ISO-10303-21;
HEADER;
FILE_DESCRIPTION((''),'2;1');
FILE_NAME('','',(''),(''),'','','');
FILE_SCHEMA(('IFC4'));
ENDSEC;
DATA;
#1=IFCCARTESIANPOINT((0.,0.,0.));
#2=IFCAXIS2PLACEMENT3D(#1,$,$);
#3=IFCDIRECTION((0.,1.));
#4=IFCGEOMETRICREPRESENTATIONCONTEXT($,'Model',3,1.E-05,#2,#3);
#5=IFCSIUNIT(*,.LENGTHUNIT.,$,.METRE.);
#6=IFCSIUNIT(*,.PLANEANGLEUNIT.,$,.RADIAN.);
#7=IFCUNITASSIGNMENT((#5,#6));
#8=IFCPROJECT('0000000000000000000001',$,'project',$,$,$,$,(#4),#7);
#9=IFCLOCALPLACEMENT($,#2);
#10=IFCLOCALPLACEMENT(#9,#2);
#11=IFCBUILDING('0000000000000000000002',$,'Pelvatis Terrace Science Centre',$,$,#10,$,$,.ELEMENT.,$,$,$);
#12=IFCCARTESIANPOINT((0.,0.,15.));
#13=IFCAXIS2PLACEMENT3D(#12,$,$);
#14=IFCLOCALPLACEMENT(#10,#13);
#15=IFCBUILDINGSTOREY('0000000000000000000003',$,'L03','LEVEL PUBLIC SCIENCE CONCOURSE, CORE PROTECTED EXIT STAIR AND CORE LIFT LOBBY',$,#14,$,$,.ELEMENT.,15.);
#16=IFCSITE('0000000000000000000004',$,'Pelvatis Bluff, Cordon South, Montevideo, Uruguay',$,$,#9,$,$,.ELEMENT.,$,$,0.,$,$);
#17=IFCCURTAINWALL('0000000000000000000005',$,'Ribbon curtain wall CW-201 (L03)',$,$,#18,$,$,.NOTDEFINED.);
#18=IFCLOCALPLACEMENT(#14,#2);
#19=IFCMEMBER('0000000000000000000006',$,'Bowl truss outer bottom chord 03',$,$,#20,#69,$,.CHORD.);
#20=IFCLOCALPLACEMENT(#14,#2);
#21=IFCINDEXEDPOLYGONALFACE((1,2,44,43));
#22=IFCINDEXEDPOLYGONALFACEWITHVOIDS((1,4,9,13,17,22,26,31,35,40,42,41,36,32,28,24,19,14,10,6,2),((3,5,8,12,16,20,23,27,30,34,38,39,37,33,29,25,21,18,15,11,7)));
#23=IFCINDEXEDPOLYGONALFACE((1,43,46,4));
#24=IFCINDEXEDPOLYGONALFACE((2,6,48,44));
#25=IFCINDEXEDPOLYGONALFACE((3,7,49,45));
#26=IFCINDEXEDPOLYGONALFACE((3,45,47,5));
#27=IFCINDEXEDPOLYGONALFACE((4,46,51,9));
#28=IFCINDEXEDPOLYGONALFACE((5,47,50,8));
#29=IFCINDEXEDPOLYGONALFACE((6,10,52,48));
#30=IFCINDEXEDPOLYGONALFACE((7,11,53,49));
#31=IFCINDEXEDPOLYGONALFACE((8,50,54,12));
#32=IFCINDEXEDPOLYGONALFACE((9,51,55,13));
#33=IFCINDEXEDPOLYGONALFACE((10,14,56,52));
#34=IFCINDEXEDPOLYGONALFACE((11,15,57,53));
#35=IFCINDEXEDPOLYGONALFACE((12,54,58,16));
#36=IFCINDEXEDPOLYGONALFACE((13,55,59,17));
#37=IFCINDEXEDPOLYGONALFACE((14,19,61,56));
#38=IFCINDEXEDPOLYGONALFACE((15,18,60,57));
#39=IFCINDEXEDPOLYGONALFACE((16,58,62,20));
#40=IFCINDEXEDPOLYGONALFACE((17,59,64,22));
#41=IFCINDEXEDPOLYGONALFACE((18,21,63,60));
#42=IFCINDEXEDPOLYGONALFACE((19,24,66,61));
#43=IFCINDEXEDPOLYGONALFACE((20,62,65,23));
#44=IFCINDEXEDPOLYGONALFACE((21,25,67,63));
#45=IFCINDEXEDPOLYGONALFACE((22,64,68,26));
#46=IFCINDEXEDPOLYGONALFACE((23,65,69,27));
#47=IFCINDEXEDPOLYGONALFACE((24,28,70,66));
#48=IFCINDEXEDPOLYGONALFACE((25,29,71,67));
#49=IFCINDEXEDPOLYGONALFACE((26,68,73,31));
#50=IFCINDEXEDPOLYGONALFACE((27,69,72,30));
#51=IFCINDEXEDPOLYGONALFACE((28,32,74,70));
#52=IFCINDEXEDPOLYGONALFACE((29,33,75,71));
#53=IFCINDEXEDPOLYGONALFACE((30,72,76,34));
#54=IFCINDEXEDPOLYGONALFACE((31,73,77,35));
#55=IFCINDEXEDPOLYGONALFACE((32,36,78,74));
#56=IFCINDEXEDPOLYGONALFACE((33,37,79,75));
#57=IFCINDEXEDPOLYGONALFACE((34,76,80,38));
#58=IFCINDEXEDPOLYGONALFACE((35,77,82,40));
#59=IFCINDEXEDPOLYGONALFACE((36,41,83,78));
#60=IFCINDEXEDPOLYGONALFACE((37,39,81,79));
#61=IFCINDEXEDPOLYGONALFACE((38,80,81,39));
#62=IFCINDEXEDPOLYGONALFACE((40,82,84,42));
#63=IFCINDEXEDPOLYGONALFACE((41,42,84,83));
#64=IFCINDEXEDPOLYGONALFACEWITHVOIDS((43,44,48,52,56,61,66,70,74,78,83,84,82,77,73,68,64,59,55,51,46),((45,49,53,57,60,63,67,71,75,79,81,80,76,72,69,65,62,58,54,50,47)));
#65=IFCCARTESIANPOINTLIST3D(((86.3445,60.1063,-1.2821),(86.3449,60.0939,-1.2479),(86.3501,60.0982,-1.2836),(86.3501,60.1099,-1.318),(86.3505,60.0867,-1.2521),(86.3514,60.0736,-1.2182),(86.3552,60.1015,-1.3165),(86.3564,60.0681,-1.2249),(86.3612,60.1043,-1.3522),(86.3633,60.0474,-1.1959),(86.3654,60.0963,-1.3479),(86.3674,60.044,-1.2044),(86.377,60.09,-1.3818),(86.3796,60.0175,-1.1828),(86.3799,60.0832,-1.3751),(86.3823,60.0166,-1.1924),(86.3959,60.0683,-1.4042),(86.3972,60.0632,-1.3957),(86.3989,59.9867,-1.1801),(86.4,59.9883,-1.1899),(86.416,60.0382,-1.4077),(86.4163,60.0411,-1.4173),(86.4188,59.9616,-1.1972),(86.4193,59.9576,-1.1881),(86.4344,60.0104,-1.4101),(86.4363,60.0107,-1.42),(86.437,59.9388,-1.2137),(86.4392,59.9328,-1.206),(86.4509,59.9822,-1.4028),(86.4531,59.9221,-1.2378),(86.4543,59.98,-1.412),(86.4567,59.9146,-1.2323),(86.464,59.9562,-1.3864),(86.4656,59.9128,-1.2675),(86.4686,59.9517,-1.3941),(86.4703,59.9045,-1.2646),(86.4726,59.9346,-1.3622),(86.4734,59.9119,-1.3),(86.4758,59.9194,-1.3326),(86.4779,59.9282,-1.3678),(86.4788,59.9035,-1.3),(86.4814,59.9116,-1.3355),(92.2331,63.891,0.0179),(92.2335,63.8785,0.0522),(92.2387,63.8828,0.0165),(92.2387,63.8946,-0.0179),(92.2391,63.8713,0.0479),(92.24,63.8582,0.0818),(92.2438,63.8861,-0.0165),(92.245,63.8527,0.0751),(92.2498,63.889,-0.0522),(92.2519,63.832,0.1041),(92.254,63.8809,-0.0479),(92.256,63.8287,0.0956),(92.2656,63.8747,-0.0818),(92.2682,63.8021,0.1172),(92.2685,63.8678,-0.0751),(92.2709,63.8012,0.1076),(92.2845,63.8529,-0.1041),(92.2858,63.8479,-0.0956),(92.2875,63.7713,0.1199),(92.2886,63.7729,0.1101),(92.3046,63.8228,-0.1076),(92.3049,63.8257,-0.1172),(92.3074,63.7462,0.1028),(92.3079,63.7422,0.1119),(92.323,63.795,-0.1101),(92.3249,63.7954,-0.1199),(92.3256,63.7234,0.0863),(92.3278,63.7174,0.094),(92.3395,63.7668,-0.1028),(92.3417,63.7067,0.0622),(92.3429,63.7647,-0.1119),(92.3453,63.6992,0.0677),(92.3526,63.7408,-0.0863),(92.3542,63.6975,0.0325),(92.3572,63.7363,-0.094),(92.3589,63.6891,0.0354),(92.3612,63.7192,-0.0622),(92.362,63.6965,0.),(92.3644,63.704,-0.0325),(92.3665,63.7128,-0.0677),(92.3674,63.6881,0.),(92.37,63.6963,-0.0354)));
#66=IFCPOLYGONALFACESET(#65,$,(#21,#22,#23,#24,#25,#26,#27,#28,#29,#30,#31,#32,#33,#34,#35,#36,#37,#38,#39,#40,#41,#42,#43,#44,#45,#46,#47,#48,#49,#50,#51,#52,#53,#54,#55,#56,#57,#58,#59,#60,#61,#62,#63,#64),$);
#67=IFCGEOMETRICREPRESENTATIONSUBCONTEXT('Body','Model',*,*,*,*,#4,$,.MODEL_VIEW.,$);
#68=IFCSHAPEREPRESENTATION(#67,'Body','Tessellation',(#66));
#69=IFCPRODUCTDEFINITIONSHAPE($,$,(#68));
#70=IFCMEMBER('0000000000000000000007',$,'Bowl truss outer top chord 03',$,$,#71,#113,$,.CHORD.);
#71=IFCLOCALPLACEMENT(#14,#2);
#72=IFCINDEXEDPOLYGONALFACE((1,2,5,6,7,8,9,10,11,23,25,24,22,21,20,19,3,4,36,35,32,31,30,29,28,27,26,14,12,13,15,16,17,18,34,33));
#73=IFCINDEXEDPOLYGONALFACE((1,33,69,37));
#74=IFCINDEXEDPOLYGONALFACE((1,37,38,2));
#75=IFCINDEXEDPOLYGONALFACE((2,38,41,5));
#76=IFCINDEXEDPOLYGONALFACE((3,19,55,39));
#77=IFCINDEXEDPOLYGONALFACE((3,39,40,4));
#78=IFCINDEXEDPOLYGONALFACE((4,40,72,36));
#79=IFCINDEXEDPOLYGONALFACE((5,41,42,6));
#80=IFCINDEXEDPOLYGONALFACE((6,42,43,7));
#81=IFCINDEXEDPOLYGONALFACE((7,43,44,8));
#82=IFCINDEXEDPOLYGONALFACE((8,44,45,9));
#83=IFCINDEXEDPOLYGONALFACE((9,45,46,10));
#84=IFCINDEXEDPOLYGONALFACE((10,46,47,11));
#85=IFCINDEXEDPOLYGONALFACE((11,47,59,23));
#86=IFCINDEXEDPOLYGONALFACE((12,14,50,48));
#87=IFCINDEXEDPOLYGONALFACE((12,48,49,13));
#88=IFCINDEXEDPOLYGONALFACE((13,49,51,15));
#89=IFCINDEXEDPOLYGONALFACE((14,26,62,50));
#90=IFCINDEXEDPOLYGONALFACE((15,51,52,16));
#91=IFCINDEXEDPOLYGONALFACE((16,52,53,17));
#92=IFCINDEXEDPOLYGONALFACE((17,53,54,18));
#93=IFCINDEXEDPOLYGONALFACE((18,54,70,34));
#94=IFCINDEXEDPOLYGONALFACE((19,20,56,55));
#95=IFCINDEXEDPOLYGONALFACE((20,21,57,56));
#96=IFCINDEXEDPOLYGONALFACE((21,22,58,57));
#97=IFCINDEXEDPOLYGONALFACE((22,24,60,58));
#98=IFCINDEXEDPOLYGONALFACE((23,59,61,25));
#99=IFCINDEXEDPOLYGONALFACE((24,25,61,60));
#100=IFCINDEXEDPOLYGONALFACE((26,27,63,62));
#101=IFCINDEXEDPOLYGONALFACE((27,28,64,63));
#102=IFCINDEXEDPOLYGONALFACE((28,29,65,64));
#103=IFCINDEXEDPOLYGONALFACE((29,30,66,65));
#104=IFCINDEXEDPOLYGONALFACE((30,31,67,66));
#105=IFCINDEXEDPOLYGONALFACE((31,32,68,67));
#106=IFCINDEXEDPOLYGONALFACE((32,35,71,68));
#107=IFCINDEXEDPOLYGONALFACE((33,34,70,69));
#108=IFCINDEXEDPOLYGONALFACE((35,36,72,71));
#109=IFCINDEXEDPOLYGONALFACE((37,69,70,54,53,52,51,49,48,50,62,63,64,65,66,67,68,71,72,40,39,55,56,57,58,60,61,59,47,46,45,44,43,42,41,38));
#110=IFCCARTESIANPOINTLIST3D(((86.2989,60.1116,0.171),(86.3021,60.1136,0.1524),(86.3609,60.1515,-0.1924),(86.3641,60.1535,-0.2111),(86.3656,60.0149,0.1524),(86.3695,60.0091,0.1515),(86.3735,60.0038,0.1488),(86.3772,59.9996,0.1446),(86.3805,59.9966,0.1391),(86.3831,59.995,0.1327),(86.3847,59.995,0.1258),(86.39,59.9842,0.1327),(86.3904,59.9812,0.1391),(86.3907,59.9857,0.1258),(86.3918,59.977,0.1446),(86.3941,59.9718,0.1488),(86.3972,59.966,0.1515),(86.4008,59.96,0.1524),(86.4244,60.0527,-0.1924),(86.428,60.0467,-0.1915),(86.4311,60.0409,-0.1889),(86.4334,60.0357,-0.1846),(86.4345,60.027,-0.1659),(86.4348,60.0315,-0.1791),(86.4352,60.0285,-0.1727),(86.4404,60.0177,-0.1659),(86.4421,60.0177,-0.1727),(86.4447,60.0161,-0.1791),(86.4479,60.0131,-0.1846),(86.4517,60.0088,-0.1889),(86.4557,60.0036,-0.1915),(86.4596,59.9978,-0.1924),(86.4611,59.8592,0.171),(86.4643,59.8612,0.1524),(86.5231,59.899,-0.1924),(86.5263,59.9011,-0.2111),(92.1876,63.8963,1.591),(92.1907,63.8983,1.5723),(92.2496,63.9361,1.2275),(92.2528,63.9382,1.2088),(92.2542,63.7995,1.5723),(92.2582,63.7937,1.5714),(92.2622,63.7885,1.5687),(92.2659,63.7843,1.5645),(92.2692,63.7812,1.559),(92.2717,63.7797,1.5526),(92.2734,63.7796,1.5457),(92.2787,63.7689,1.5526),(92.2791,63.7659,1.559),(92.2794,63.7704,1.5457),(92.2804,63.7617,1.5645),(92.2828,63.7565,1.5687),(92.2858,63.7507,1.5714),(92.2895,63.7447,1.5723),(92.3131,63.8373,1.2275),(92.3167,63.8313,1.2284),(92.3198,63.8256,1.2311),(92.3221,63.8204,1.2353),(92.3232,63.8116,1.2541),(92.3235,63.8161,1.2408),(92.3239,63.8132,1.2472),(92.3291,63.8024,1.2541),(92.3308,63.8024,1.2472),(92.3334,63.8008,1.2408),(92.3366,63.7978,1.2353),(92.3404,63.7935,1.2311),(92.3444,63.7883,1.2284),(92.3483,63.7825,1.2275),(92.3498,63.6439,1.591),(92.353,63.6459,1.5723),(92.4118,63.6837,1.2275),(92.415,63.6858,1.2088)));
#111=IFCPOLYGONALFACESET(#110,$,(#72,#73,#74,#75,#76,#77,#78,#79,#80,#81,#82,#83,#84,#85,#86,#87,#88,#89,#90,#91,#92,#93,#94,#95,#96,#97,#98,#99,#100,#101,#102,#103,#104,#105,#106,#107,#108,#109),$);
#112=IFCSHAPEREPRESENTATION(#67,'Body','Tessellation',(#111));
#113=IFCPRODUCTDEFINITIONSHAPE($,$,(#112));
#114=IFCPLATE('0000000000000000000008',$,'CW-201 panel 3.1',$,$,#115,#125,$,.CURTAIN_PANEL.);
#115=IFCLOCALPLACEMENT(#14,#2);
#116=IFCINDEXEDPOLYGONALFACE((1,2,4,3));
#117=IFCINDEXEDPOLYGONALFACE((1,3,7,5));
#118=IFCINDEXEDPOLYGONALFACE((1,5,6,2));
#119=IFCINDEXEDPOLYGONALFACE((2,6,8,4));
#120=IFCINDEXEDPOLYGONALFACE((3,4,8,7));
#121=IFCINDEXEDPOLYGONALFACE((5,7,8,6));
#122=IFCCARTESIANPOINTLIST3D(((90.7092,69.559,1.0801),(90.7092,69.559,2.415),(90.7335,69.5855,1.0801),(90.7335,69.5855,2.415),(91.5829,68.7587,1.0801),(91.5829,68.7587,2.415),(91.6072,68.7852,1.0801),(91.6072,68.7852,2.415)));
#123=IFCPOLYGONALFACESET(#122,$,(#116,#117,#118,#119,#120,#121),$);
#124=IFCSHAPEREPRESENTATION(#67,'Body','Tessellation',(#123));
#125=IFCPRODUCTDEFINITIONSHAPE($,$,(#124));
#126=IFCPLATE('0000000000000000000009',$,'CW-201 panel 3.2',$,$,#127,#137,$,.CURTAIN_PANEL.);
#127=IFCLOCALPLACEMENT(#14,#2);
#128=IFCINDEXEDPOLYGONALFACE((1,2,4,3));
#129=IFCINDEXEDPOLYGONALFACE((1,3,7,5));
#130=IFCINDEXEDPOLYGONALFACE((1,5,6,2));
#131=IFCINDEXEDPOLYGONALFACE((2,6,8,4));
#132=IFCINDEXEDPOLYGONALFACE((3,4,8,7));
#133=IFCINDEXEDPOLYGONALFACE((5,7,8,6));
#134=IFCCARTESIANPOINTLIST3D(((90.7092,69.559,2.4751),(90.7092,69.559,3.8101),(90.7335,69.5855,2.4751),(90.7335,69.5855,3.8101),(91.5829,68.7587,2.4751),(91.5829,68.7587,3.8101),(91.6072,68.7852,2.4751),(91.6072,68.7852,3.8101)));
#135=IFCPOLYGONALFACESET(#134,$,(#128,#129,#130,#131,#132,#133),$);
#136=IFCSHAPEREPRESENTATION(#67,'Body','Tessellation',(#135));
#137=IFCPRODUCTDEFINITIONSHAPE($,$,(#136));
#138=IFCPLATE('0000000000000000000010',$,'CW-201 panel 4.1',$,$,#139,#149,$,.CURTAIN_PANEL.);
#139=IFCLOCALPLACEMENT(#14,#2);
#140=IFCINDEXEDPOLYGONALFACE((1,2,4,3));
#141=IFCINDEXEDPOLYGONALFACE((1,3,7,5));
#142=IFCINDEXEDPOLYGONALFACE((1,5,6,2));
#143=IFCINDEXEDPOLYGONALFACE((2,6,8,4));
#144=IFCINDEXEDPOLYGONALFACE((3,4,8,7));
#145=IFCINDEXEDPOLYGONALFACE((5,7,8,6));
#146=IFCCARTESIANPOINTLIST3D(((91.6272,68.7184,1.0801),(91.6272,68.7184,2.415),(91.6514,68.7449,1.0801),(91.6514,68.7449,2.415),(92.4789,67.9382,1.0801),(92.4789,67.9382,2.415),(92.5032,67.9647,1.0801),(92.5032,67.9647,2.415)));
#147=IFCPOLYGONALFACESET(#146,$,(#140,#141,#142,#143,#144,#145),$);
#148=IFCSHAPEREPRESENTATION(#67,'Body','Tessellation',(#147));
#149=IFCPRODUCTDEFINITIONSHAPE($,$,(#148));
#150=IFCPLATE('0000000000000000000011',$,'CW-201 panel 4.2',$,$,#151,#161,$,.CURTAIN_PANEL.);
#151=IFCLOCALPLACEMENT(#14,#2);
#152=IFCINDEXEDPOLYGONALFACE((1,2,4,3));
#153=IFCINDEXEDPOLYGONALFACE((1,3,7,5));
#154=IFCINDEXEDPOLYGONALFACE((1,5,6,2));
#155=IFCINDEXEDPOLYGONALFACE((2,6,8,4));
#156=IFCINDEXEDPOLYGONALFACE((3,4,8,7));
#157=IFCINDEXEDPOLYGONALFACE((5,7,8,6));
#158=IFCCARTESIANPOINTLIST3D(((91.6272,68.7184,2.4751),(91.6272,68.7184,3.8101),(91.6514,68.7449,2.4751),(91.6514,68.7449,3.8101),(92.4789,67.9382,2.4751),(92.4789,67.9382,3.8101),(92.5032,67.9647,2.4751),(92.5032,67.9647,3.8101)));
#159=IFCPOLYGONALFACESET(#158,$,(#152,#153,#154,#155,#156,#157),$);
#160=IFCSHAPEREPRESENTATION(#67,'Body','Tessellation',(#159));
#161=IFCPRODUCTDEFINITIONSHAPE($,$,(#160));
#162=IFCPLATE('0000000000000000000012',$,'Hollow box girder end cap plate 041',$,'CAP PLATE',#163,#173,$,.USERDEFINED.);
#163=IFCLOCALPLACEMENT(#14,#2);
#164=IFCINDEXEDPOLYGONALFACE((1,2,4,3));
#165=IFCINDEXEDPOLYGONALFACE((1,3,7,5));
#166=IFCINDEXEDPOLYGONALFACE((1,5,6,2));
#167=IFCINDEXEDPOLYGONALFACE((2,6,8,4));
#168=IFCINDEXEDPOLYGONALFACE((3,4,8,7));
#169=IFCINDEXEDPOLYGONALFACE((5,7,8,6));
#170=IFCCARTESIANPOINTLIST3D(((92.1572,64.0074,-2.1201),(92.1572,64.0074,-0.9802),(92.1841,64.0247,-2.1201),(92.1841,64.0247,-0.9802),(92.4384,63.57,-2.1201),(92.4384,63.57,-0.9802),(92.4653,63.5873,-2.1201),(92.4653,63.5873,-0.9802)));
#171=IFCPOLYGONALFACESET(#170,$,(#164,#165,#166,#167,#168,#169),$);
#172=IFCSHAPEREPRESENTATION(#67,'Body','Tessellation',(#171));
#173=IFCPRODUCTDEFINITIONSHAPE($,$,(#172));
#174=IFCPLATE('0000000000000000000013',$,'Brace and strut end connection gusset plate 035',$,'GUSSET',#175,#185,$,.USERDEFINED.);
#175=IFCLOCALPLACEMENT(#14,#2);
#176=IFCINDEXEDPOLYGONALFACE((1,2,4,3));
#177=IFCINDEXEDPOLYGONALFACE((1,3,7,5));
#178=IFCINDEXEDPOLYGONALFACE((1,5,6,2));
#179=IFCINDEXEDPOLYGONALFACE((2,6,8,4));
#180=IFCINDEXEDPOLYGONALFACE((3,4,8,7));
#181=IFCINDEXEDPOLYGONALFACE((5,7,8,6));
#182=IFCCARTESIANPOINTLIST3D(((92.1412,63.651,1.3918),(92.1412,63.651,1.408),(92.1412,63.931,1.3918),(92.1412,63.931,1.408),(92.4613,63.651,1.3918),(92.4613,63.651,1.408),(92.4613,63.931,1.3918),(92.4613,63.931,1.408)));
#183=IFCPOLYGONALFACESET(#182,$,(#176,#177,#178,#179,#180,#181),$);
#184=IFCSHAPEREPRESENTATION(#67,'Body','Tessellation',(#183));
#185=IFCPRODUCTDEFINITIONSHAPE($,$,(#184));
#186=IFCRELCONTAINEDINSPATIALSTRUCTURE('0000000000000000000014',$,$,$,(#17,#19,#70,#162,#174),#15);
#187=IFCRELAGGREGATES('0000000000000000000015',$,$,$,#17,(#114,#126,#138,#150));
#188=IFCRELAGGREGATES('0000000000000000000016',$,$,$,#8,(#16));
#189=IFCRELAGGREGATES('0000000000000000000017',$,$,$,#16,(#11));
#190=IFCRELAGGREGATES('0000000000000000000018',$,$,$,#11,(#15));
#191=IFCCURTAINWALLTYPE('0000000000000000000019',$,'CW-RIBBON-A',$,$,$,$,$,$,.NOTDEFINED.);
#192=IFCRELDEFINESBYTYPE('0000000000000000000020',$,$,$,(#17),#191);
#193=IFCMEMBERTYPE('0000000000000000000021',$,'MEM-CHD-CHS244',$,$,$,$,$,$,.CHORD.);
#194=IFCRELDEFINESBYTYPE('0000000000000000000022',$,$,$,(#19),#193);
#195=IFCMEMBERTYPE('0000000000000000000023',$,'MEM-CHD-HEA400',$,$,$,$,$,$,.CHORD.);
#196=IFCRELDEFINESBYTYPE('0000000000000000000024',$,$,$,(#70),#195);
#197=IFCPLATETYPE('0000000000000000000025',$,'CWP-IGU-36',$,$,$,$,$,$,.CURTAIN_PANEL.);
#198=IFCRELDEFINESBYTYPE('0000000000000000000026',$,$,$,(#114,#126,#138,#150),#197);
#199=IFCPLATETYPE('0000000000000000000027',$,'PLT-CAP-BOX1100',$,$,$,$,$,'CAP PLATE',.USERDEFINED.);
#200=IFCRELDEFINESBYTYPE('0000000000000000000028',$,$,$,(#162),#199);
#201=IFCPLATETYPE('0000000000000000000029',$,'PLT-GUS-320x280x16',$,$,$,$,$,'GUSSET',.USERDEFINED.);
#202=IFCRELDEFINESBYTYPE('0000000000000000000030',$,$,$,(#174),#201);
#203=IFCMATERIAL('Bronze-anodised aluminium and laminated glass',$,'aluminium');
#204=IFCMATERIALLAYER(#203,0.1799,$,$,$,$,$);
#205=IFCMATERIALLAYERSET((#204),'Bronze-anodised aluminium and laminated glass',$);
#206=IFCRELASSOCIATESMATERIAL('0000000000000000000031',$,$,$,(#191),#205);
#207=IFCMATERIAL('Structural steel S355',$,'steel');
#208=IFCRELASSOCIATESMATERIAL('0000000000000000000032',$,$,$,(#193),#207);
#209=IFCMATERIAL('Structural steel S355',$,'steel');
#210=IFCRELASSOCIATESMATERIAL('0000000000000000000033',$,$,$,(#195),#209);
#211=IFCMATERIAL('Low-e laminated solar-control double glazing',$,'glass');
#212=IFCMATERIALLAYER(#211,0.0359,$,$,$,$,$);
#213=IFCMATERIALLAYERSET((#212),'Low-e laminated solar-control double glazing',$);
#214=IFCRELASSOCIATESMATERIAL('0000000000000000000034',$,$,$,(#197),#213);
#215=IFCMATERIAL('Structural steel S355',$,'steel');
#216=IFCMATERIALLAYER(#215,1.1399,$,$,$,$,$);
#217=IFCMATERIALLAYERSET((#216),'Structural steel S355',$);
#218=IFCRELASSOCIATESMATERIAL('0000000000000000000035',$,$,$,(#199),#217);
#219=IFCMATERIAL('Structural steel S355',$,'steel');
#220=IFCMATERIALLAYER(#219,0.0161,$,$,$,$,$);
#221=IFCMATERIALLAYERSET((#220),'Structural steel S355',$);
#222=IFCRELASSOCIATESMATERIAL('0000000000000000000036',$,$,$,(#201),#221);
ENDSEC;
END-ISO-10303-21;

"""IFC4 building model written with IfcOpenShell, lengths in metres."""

from ifc_helpers import new_model, si_unit, direction, frame, origin, origin_2d, place, context, subcontext, project, spatial, rectangle, hollow_circle, i_section, extrude, material, layer, layer_set, material_profile, profile_set, type_object, element, aggregate, save


model = new_model("IFC4")

# Units and contexts
model_context = context("Model", 3, precision=1e-05, world=origin(), true_north=direction((0.0, 1.0)))
body_context = subcontext(model_context, "Body", "Model", "MODEL_VIEW")
ifc_project = project(units=[si_unit("LENGTHUNIT", "METRE"), si_unit("PLANEANGLEUNIT", "RADIAN")], contexts=[model_context])

# Site, building, storey
site_placement = place(None, origin())
site = spatial("IfcSite", under=ifc_project, at=site_placement, Name="Pelvatis Bluff, Cordon South, Montevideo, Uruguay", CompositionType="ELEMENT", RefElevation=0.0)
building_placement = place(site_placement, origin())
building = spatial("IfcBuilding", under=site, at=building_placement, Name="Pelvatis Terrace Science Centre", CompositionType="ELEMENT")
storey_placement = place(building_placement, frame((0.0, 0.0, 15.0)))
storey = spatial("IfcBuildingStorey", under=building, at=storey_placement, Name="L03", Description="LEVEL PUBLIC SCIENCE CONCOURSE, CORE PROTECTED EXIT STAIR AND CORE LIFT LOBBY", CompositionType="ELEMENT", Elevation=15.0)

# Curtain wall
ifc_material_1 = material(Name="Bronze-anodised aluminium and laminated glass", Category="aluminium")
ifc_layer_1 = layer(ifc_material_1, 0.1799)
ifc_layer_set_1 = layer_set([ifc_layer_1], Name="Bronze-anodised aluminium and laminated glass")
curtain_wall_type = type_object("IfcCurtainWallType", Name="CW-RIBBON-A", PredefinedType="NOTDEFINED", material=ifc_layer_set_1)
curtain_wall_1_placement = place(storey_placement, origin())
curtain_wall_1 = element("IfcCurtainWall", 1, at=curtain_wall_1_placement, inside=storey, type_object=curtain_wall_type, Name="Ribbon curtain wall CW-201 (L03)", PredefinedType="NOTDEFINED")

# Members
ifc_material_2 = material(Name="Structural steel S355", Category="steel")
ifc_material_profile_1 = material_profile(ifc_material_2, hollow_circle(Radius=0.1223, WallThickness=0.01, at=origin_2d()), Name="CHS 244.5x10.0")
ifc_profile_set_1 = profile_set([ifc_material_profile_1], Name="Structural steel S355")
member_type_1 = type_object("IfcMemberType", Name="MEM-CHD-CHS244", PredefinedType="CHORD", material=ifc_profile_set_1)
member_1_placement = place(storey_placement, frame((92.3013, 63.791, 0.0), z_axis=(-0.827094, -0.531576, -0.182599), x_axis=(0.540666, -0.841237, 0.0)))
element("IfcMember", 2, at=member_1_placement, inside=storey, type_object=member_type_1, Name="Bowl truss outer bottom chord 03", PredefinedType="CHORD", context=body_context, shape_type="SweptSolid", body=[
    extrude(hollow_circle(Radius=0.1223, WallThickness=0.01, at=origin_2d()), origin(), (0.0, 0.0, 1.0), 7.1196),
])
ifc_material_3 = material(Name="Structural steel S355", Category="steel")
ifc_material_profile_2 = material_profile(ifc_material_3, i_section(OverallWidth=0.3, OverallDepth=0.3899, WebThickness=0.011, FlangeThickness=0.019, FilletRadius=0.0271, at=origin_2d()), Name="HEA 400")
ifc_profile_set_2 = profile_set([ifc_material_profile_2], Name="Structural steel S355")
member_type_2 = type_object("IfcMemberType", Name="MEM-CHD-HEA400", PredefinedType="CHORD", material=ifc_profile_set_2)
member_2_placement = place(storey_placement, frame((92.3013, 63.791, 1.3999), z_axis=(-0.824447, -0.529875, -0.198797), x_axis=(0.540666, -0.841237, 0.0)))
element("IfcMember", 3, at=member_2_placement, inside=storey, type_object=member_type_2, Name="Bowl truss outer top chord 03", PredefinedType="CHORD", context=body_context, shape_type="SweptSolid", body=[
    extrude(i_section(OverallWidth=0.3, OverallDepth=0.3899, WebThickness=0.011, FlangeThickness=0.019, FilletRadius=0.0271, at=origin_2d()), origin(), (0.0, 0.0, 1.0), 7.1426),
])

# Plates
ifc_material_4 = material(Name="Low-e laminated solar-control double glazing", Category="glass")
ifc_layer_2 = layer(ifc_material_4, 0.0359)
ifc_layer_set_2 = layer_set([ifc_layer_2], Name="Low-e laminated solar-control double glazing")
plate_type_1 = type_object("IfcPlateType", Name="CWP-IGU-36", PredefinedType="CURTAIN_PANEL", material=ifc_layer_set_2)
plate_1_placement = place(storey_placement, frame((91.1582, 69.1721, 1.0801), z_axis=(0.0, 0.0, 1.0), x_axis=(0.737404, -0.675452, 0.0)))
plate_1 = element("IfcPlate", 4, at=plate_1_placement, type_object=plate_type_1, Name="CW-201 panel 3.1", PredefinedType="CURTAIN_PANEL", context=body_context, shape_type="SweptSolid", body=[
    extrude(rectangle(XDim=1.1848, YDim=0.0359, at=origin_2d()), origin(), (0.0, 0.0, 1.0), 1.335),
])
plate_2_placement = place(storey_placement, frame((91.1582, 69.1721, 2.4751), z_axis=(0.0, 0.0, 1.0), x_axis=(0.737404, -0.675452, 0.0)))
plate_2 = element("IfcPlate", 5, at=plate_2_placement, type_object=plate_type_1, Name="CW-201 panel 3.2", PredefinedType="CURTAIN_PANEL", context=body_context, shape_type="SweptSolid", body=[
    extrude(rectangle(XDim=1.1848, YDim=0.0359, at=origin_2d()), origin(), (0.0, 0.0, 1.0), 1.335),
])
plate_3_placement = place(storey_placement, frame((92.0652, 68.3416, 1.0801), z_axis=(0.0, 0.0, 1.0), x_axis=(0.737404, -0.675452, 0.0)))
plate_3 = element("IfcPlate", 6, at=plate_3_placement, type_object=plate_type_1, Name="CW-201 panel 4.1", PredefinedType="CURTAIN_PANEL", context=body_context, shape_type="SweptSolid", body=[
    extrude(rectangle(XDim=1.155, YDim=0.0359, at=origin_2d()), origin(), (0.0, 0.0, 1.0), 1.335),
])
plate_4_placement = place(storey_placement, frame((92.0652, 68.3416, 2.4751), z_axis=(0.0, 0.0, 1.0), x_axis=(0.737404, -0.675452, 0.0)))
plate_4 = element("IfcPlate", 7, at=plate_4_placement, type_object=plate_type_1, Name="CW-201 panel 4.2", PredefinedType="CURTAIN_PANEL", context=body_context, shape_type="SweptSolid", body=[
    extrude(rectangle(XDim=1.155, YDim=0.0359, at=origin_2d()), origin(), (0.0, 0.0, 1.0), 1.335),
])
aggregate(curtain_wall_1, [plate_1, plate_2, plate_3, plate_4])

# Plates
ifc_material_5 = material(Name="Structural steel S355", Category="steel")
ifc_layer_3 = layer(ifc_material_5, 1.1399)
ifc_layer_set_3 = layer_set([ifc_layer_3], Name="Structural steel S355")
plate_type_2 = type_object("IfcPlateType", Name="PLT-CAP-BOX1100", ElementType="CAP PLATE", PredefinedType="USERDEFINED", material=ifc_layer_set_3)
plate_5_placement = place(storey_placement, frame((92.3113, 63.7974, -2.1201), z_axis=(0.0, 0.0, 1.0), x_axis=(-0.841228, -0.540681, 0.0)))
element("IfcPlate", 8, at=plate_5_placement, inside=storey, type_object=plate_type_2, Name="Hollow box girder end cap plate 041", ObjectType="CAP PLATE", PredefinedType="USERDEFINED", context=body_context, shape_type="SweptSolid", body=[
    extrude(rectangle(XDim=0.032, YDim=0.52, at=origin_2d()), origin(), (0.0, 0.0, 1.0), 1.1399),
])
ifc_material_6 = material(Name="Structural steel S355", Category="steel")
ifc_layer_4 = layer(ifc_material_6, 0.0161)
ifc_layer_set_4 = layer_set([ifc_layer_4], Name="Structural steel S355")
plate_type_3 = type_object("IfcPlateType", Name="PLT-GUS-320x280x16", ElementType="GUSSET", PredefinedType="USERDEFINED", material=ifc_layer_set_4)
plate_6_placement = place(storey_placement, frame((92.3013, 63.791, 1.3918), z_axis=(0.0, 0.0, 1.0), x_axis=(1.0, 0.0, 0.0)))
element("IfcPlate", 9, at=plate_6_placement, inside=storey, type_object=plate_type_3, Name="Brace and strut end connection gusset plate 035", ObjectType="GUSSET", PredefinedType="USERDEFINED", context=body_context, shape_type="SweptSolid", body=[
    extrude(rectangle(XDim=0.3201, YDim=0.28, at=origin_2d()), origin(), (0.0, 0.0, 1.0), 0.0161),
])

save(model, "model.ifc")
